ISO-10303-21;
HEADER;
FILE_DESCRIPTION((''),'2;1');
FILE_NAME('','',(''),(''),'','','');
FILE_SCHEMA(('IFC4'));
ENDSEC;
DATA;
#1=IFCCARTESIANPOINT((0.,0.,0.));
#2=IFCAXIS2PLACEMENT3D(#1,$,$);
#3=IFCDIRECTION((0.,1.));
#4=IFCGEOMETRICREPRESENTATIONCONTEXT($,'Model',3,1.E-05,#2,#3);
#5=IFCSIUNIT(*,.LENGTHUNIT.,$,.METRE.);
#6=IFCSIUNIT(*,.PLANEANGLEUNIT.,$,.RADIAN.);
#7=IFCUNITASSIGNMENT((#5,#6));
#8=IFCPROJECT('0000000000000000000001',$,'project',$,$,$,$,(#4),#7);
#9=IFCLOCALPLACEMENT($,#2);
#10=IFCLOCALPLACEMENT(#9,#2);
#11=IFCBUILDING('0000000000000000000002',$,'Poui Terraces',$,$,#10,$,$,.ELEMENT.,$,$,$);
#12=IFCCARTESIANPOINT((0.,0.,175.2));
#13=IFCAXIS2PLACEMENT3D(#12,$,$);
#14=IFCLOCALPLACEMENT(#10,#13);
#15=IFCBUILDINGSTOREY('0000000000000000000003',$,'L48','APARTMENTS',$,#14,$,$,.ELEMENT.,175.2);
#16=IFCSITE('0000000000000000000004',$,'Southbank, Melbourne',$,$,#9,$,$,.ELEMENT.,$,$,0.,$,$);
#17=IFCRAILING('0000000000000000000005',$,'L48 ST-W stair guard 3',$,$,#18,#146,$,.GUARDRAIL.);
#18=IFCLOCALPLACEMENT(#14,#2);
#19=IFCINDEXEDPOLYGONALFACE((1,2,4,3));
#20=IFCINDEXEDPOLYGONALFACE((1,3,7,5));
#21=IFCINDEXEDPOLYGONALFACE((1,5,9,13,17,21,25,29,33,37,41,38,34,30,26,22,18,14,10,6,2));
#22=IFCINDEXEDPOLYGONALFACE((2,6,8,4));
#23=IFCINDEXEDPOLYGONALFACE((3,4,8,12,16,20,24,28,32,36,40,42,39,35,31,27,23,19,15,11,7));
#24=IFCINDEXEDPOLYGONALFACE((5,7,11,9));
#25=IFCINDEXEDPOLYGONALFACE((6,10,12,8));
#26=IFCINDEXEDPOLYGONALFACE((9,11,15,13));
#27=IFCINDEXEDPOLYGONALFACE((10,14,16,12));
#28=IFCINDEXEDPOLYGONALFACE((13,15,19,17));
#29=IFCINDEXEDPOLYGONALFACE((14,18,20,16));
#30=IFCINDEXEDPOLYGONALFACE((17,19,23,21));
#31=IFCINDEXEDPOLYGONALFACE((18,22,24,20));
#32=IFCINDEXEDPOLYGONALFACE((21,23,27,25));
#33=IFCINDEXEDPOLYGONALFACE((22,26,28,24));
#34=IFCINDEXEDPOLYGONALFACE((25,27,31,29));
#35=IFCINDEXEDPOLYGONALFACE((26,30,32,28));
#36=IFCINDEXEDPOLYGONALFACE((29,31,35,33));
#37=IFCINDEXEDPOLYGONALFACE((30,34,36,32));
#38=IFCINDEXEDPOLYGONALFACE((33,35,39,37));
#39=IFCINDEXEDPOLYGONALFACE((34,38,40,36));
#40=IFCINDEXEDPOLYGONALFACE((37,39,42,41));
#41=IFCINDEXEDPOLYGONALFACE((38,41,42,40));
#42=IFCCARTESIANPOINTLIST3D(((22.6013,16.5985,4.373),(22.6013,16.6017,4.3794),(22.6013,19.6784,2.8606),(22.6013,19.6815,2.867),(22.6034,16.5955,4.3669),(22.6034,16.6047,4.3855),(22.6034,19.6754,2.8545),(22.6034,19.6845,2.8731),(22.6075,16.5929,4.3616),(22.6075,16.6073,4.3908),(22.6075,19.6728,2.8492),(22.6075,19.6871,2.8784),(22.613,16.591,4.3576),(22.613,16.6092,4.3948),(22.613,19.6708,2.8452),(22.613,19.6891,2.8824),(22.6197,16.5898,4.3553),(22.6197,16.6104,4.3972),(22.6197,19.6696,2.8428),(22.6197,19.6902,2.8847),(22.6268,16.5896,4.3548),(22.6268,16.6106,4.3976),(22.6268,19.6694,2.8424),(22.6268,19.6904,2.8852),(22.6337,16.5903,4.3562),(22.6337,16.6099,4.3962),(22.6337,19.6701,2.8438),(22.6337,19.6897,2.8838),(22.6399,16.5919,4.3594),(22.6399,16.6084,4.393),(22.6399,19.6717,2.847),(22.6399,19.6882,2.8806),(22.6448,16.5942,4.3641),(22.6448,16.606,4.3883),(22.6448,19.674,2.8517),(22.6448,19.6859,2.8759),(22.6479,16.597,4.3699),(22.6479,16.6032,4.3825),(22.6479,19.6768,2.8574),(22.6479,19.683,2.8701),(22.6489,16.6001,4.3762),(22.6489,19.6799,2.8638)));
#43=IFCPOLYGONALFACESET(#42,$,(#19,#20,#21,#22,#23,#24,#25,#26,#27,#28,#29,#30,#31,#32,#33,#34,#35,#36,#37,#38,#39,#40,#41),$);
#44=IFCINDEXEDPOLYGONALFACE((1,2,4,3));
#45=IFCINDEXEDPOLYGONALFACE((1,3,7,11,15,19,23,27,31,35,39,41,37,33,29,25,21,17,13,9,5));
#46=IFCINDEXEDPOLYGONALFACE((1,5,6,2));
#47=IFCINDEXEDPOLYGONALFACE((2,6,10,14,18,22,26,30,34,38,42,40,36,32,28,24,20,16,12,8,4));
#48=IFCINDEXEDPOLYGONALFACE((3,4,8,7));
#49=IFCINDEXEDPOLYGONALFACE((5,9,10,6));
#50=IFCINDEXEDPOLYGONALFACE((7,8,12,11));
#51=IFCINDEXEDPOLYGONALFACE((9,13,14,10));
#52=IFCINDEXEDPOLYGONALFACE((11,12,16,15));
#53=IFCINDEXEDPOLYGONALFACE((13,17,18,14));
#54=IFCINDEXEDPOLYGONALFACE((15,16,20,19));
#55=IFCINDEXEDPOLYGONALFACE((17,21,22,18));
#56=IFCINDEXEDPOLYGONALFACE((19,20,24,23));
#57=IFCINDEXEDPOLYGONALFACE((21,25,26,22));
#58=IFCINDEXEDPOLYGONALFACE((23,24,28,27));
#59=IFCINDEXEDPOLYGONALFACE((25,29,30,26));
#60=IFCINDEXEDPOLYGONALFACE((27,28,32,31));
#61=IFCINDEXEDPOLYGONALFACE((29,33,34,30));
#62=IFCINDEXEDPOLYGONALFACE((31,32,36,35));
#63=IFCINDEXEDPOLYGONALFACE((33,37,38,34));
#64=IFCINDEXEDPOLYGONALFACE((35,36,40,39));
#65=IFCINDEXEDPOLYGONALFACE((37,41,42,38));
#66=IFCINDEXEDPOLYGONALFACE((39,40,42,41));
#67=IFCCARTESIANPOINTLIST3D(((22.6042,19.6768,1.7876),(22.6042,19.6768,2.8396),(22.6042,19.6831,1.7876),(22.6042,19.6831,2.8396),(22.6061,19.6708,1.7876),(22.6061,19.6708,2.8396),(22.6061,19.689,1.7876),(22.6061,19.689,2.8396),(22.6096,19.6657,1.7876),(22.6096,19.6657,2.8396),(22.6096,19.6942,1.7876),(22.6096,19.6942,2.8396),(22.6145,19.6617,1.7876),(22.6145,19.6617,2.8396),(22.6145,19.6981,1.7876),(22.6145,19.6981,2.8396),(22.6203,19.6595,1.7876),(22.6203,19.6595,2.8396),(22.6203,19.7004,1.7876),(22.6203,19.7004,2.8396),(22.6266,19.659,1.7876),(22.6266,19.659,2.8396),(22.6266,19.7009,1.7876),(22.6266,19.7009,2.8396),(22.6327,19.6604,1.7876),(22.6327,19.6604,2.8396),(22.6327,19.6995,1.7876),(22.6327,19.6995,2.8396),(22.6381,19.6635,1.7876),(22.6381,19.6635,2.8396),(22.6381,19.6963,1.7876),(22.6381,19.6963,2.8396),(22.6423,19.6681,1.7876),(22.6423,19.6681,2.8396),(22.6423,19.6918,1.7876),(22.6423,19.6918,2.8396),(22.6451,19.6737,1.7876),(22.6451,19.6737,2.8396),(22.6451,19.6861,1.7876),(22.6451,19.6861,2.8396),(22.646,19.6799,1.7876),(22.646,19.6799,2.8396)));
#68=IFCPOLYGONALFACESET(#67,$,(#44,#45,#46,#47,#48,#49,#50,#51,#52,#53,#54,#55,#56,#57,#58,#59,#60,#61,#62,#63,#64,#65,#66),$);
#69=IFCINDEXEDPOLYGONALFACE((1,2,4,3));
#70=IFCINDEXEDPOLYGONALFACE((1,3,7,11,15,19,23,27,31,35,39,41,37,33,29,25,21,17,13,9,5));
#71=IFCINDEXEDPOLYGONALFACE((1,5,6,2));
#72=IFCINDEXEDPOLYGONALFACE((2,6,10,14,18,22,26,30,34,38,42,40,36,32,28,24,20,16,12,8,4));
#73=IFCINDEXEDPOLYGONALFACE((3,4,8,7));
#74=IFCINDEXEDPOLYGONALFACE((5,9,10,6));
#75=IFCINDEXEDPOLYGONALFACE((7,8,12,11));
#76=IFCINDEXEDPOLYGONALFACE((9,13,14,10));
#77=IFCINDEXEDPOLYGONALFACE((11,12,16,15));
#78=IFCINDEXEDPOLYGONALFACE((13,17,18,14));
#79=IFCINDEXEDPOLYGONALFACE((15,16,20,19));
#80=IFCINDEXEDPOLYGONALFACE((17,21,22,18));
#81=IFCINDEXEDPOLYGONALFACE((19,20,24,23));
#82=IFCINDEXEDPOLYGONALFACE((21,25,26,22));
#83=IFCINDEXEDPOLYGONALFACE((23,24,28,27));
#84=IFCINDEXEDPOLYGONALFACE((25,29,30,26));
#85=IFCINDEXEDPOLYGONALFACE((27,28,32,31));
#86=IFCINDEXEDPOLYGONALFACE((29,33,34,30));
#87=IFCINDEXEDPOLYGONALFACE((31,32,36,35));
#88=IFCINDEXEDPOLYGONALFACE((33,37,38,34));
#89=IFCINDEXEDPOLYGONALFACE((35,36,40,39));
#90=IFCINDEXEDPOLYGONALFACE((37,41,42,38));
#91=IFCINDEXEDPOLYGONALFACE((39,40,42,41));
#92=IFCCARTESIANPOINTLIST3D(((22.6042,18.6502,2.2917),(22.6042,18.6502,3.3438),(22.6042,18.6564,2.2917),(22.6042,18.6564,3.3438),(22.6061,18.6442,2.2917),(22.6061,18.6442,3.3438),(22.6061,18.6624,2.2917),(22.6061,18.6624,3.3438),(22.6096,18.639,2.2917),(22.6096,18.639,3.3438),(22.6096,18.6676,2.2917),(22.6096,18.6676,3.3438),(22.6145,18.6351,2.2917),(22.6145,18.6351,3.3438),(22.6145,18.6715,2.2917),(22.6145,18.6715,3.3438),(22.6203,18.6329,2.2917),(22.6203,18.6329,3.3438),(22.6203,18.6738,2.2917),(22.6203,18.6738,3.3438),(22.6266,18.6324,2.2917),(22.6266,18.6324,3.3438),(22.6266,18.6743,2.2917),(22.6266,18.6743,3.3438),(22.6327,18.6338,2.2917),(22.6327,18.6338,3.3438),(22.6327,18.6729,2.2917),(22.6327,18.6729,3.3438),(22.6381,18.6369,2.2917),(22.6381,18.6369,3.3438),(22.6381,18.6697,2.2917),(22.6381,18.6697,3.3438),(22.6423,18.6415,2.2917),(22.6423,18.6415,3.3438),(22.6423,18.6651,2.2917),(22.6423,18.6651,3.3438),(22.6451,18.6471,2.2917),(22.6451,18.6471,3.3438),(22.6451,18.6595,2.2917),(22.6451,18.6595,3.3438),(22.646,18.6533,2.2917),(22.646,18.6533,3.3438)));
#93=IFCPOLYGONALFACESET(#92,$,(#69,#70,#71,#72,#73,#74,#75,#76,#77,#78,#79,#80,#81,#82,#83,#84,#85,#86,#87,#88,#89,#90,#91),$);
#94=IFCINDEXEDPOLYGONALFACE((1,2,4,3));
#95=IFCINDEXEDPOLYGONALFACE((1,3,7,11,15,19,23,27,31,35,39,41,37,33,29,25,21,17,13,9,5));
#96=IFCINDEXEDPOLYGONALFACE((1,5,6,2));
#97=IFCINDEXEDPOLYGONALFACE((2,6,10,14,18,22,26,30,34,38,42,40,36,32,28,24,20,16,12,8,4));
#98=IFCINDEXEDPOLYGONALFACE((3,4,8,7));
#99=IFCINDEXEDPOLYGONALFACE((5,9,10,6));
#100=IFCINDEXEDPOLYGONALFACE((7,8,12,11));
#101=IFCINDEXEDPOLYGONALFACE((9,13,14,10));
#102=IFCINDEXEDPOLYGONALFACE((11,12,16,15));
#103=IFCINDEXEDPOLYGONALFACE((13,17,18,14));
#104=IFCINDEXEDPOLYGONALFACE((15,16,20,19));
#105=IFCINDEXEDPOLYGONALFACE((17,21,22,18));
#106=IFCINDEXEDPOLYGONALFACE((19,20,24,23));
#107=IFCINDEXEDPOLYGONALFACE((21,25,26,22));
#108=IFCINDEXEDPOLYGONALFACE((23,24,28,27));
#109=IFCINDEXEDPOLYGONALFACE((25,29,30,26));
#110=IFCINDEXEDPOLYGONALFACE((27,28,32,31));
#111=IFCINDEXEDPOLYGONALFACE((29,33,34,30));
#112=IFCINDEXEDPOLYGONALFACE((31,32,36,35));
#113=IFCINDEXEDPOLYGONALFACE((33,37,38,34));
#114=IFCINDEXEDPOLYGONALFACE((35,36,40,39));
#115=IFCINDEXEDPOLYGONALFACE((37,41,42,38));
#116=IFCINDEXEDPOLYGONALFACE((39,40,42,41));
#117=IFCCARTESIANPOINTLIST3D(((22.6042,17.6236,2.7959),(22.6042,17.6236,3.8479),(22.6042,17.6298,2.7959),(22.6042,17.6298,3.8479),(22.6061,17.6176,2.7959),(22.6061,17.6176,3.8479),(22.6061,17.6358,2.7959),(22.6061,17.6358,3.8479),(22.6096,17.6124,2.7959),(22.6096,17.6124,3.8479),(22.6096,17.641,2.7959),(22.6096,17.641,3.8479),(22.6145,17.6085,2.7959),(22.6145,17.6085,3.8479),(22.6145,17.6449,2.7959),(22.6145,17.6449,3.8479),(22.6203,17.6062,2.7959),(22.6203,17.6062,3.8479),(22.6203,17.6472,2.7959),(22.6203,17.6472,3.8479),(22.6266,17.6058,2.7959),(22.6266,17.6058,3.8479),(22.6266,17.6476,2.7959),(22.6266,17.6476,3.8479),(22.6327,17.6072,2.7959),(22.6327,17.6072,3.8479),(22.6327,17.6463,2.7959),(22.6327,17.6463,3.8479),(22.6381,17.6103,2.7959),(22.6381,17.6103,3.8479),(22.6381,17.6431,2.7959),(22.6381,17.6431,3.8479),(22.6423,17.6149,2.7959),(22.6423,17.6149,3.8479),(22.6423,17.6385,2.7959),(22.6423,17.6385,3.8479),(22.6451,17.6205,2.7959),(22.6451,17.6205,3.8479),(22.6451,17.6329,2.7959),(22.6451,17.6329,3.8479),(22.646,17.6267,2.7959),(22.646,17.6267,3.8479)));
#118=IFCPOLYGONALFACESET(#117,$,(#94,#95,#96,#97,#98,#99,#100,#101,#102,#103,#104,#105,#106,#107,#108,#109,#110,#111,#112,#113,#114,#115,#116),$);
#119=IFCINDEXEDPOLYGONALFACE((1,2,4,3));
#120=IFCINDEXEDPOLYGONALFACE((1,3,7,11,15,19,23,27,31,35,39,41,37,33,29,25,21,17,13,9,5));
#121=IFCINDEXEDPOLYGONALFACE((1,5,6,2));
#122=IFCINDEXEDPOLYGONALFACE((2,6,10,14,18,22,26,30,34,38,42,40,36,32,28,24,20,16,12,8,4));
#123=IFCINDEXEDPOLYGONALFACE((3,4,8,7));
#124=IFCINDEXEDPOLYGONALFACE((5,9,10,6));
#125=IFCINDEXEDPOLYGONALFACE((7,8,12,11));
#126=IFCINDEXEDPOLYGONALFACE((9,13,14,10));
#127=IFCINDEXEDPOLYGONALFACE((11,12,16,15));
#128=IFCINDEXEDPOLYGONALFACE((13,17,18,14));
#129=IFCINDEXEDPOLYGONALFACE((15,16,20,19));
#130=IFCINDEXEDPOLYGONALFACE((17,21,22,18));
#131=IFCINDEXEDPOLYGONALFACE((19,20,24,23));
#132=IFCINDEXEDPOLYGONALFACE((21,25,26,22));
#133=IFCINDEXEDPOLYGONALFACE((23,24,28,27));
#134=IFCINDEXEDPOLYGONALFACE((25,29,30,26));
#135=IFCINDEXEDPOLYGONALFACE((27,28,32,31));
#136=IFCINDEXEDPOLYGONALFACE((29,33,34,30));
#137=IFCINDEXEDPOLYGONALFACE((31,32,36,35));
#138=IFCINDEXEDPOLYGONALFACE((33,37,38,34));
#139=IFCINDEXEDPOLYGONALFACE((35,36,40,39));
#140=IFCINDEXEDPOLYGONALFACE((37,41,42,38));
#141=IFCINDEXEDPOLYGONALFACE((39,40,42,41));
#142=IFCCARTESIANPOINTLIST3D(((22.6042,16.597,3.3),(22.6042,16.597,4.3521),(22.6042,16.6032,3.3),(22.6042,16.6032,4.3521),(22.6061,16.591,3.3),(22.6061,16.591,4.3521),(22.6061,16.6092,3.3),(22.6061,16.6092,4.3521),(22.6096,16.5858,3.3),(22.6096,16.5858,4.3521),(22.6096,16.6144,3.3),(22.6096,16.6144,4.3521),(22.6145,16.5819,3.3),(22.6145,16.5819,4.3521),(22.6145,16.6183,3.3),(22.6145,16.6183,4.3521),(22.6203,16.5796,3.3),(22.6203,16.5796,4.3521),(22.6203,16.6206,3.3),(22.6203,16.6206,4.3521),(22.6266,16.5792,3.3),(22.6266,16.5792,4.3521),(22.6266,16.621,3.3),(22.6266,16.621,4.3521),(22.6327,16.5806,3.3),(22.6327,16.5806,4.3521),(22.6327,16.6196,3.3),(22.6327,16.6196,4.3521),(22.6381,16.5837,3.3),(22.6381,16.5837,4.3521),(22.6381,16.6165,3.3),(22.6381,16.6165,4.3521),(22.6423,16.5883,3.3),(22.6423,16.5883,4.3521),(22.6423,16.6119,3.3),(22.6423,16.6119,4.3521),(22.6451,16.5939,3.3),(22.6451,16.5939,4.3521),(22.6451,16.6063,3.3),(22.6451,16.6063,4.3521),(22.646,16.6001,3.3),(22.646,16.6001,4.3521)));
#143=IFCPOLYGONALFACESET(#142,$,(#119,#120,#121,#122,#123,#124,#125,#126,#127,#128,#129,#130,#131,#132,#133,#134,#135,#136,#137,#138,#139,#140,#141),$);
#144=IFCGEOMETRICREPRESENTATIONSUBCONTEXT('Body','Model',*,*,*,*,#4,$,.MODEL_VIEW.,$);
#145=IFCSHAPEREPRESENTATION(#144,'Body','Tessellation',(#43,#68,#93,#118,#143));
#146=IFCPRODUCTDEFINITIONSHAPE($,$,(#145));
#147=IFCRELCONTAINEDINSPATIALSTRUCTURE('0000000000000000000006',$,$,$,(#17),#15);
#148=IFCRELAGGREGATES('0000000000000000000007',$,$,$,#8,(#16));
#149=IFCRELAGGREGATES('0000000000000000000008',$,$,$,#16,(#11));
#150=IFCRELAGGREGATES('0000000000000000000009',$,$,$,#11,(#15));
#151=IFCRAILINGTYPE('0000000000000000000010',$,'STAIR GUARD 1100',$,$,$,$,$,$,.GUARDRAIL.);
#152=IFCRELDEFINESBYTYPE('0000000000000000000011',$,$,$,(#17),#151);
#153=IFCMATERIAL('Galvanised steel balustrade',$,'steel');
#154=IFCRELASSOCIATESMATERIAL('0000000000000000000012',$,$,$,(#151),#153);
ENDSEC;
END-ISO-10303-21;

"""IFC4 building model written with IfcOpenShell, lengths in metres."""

from ifc_helpers import new_model, si_unit, direction, frame, origin, origin_2d, place, context, subcontext, project, spatial, circle, extrude, material, type_object, element, save


model = new_model("IFC4")

# Units and contexts
model_context = context("Model", 3, precision=1e-05, world=origin(), true_north=direction((0.0, 1.0)))
body_context = subcontext(model_context, "Body", "Model", "MODEL_VIEW")
ifc_project = project(units=[si_unit("LENGTHUNIT", "METRE"), si_unit("PLANEANGLEUNIT", "RADIAN")], contexts=[model_context])

# Site, building, storey
site_placement = place(None, origin())
site = spatial("IfcSite", under=ifc_project, at=site_placement, Name="Southbank, Melbourne", CompositionType="ELEMENT", RefElevation=0.0)
building_placement = place(site_placement, origin())
building = spatial("IfcBuilding", under=site, at=building_placement, Name="Poui Terraces", CompositionType="ELEMENT")
storey_placement = place(building_placement, frame((0.0, 0.0, 175.2)))
storey = spatial("IfcBuildingStorey", under=building, at=storey_placement, Name="L48", Description="APARTMENTS", CompositionType="ELEMENT", Elevation=175.2)

# Railing
ifc_material_1 = material(Name="Galvanised steel balustrade", Category="steel")
railing_type_1 = type_object("IfcRailingType", Name="STAIR GUARD 1100", PredefinedType="GUARDRAIL", material=ifc_material_1)
railing_1_placement = place(storey_placement, frame((22.625, 19.6799, 1.7876)))
element("IfcRailing", 1, at=railing_1_placement, inside=storey, type_object=railing_type_1, Name="L48 ST-W stair guard 3", PredefinedType="GUARDRAIL", context=body_context, shape_type="SweptSolid", body=[
    extrude(circle(Radius=0.0239, at=origin_2d()), frame((0.0, 0.0, 1.0762), z_axis=(0.0, -0.897606, 0.440798), x_axis=(1.0, 0.0, 0.0)), (0.0, 0.0, 1.0), 3.4312),
    extrude(circle(Radius=0.021, at=origin_2d()), origin(), (0.0, 0.0, 1.0), 1.052),
    extrude(circle(Radius=0.021, at=origin_2d()), frame((0.0, -1.0266, 0.5042)), (0.0, 0.0, 1.0), 1.052),
    extrude(circle(Radius=0.021, at=origin_2d()), frame((0.0, -2.0532, 1.0083)), (0.0, 0.0, 1.0), 1.052),
    extrude(circle(Radius=0.021, at=origin_2d()), frame((0.0, -3.0798, 1.5125)), (0.0, 0.0, 1.0), 1.052),
])

save(model, "model.ifc")
